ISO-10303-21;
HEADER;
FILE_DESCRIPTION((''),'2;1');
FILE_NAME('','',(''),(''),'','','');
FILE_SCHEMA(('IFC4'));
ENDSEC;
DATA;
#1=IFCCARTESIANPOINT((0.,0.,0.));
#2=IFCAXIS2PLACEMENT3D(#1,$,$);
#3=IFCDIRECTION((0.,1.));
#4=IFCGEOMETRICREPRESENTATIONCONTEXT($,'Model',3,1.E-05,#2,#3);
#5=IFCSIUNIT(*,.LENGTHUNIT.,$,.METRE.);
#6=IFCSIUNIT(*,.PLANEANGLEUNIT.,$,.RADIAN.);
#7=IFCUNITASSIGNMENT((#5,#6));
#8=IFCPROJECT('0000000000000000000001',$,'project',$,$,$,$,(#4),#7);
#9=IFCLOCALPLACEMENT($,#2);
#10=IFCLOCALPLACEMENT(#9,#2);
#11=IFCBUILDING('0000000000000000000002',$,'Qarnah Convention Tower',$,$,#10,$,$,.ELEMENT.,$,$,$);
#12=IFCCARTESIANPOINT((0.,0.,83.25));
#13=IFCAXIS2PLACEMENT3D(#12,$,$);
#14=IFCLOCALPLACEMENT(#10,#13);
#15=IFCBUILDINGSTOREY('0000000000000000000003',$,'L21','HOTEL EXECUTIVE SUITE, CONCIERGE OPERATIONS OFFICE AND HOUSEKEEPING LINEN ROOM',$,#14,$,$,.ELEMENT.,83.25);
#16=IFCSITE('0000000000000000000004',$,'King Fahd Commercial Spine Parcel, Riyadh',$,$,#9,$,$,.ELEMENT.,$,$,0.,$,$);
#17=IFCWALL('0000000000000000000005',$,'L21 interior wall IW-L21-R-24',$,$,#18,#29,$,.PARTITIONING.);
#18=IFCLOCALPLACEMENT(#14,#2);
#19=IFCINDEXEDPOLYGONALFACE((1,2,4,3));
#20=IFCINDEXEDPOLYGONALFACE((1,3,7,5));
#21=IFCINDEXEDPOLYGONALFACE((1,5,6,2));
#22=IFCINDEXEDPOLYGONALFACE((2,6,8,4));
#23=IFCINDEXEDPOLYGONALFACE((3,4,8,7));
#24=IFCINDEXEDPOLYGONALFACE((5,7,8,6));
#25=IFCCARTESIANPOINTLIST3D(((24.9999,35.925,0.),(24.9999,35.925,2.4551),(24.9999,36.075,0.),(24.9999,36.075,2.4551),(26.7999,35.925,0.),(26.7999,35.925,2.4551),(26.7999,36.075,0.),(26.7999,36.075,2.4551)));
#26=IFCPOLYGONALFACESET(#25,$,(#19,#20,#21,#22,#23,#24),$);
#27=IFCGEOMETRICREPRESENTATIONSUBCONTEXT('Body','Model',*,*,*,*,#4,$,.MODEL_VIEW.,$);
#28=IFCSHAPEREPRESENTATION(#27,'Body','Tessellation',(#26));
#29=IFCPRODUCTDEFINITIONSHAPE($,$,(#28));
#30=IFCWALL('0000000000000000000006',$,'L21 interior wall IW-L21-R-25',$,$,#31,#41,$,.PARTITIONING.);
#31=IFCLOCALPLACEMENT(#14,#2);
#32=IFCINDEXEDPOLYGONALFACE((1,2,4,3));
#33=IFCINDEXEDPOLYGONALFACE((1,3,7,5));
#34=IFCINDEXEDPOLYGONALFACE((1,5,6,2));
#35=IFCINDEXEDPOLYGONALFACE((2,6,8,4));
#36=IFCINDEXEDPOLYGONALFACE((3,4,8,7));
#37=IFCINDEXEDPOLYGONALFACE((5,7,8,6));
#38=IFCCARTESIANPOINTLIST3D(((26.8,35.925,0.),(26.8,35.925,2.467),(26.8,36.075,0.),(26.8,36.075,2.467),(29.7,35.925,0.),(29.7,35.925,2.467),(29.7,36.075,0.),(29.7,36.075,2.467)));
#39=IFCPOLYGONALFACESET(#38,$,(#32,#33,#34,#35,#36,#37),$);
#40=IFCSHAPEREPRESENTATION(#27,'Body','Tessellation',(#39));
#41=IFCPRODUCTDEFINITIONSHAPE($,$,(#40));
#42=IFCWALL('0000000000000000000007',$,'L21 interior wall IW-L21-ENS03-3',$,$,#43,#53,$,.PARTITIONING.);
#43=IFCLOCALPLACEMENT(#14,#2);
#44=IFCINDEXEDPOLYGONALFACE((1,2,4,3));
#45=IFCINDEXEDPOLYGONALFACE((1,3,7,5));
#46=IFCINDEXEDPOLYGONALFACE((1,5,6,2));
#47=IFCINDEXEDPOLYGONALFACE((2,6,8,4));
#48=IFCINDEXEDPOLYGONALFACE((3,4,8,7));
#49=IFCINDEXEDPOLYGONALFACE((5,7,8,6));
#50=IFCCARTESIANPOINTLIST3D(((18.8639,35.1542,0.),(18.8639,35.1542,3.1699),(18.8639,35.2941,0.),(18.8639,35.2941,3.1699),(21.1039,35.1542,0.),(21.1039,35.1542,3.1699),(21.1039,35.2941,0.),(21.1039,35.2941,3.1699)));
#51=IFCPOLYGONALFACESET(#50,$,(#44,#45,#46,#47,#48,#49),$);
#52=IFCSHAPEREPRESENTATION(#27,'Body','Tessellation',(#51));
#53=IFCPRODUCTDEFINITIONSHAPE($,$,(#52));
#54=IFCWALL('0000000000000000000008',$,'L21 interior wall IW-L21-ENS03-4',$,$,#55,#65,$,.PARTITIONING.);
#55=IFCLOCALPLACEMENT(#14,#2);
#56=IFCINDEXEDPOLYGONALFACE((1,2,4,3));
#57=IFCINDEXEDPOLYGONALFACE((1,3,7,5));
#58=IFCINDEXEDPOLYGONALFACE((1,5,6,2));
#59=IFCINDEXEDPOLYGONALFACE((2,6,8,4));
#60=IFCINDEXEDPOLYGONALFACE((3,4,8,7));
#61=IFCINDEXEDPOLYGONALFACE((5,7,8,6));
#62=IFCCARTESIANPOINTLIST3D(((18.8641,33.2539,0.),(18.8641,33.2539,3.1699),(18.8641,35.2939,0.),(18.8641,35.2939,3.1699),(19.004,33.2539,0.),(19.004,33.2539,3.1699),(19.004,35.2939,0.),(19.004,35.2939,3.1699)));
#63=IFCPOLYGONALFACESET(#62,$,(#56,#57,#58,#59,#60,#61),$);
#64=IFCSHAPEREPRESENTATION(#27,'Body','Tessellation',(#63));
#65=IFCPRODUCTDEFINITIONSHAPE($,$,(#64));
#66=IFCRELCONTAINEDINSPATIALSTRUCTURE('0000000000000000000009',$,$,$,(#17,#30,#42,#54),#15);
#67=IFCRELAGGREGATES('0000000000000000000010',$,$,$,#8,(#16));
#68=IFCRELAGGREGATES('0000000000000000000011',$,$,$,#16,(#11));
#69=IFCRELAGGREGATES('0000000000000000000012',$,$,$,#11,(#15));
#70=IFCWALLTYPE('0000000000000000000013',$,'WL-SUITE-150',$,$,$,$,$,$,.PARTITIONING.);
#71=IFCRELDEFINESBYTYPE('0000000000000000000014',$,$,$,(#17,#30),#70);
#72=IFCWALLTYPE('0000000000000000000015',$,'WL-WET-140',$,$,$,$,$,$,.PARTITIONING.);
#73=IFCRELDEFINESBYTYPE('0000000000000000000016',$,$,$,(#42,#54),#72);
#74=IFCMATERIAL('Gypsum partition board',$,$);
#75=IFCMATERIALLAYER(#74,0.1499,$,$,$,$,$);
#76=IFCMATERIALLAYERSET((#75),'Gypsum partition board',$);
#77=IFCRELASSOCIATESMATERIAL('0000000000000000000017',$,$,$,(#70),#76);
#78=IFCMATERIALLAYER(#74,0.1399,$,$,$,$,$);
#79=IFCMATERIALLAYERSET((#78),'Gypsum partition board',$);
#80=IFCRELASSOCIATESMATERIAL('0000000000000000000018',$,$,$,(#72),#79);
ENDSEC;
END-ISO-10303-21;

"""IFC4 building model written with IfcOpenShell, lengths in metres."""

from ifc_helpers import new_model, si_unit, direction, frame, frame_2d, origin, place, context, subcontext, project, spatial, rectangle, extrude, material, layer, layer_set, type_object, element, save


model = new_model("IFC4")

# Units and contexts
model_context = context("Model", 3, precision=1e-05, world=origin(), true_north=direction((0.0, 1.0)))
body_context = subcontext(model_context, "Body", "Model", "MODEL_VIEW")
ifc_project = project(units=[si_unit("LENGTHUNIT", "METRE"), si_unit("PLANEANGLEUNIT", "RADIAN")], contexts=[model_context])

# Site, building, storey
site_placement = place(None, origin())
site = spatial("IfcSite", under=ifc_project, at=site_placement, Name="King Fahd Commercial Spine Parcel, Riyadh", CompositionType="ELEMENT", RefElevation=0.0)
building_placement = place(site_placement, origin())
building = spatial("IfcBuilding", under=site, at=building_placement, Name="Qarnah Convention Tower", CompositionType="ELEMENT")
storey_placement = place(building_placement, frame((0.0, 0.0, 83.25)))
storey = spatial("IfcBuildingStorey", under=building, at=storey_placement, Name="L21", Description="HOTEL EXECUTIVE SUITE, CONCIERGE OPERATIONS OFFICE AND HOUSEKEEPING LINEN ROOM", CompositionType="ELEMENT", Elevation=83.25)

# Walls
ifc_material_1 = material(Name="Gypsum partition board")
ifc_layer_1 = layer(ifc_material_1, 0.1499)
ifc_layer_set_1 = layer_set([ifc_layer_1], Name="Gypsum partition board")
wall_type_1 = type_object("IfcWallType", Name="WL-SUITE-150", PredefinedType="PARTITIONING", material=ifc_layer_set_1)
wall_1_placement = place(storey_placement, frame((25.0, 36.0, 0.0), z_axis=(0.0, 0.0, 1.0), x_axis=(1.0, 0.0, 0.0)))
element("IfcWall", 1, at=wall_1_placement, inside=storey, type_object=wall_type_1, Name="L21 interior wall IW-L21-R-24", PredefinedType="PARTITIONING", context=body_context, shape_type="SweptSolid", body=[
    extrude(rectangle(XDim=1.8, YDim=0.1499, at=frame_2d((0.8999, 0.0))), origin(), (0.0, 0.0, 1.0), 2.4551),
])
wall_2_placement = place(storey_placement, frame((26.8, 36.0, 0.0), z_axis=(0.0, 0.0, 1.0), x_axis=(1.0, 0.0, 0.0)))
element("IfcWall", 2, at=wall_2_placement, inside=storey, type_object=wall_type_1, Name="L21 interior wall IW-L21-R-25", PredefinedType="PARTITIONING", context=body_context, shape_type="SweptSolid", body=[
    extrude(rectangle(XDim=2.8999, YDim=0.1499, at=frame_2d((1.45, 0.0))), origin(), (0.0, 0.0, 1.0), 2.467),
])
ifc_layer_2 = layer(ifc_material_1, 0.1399)
ifc_layer_set_2 = layer_set([ifc_layer_2], Name="Gypsum partition board")
wall_type_2 = type_object("IfcWallType", Name="WL-WET-140", PredefinedType="PARTITIONING", material=ifc_layer_set_2)
wall_3_placement = place(storey_placement, frame((21.104, 35.2241, 0.0), z_axis=(0.0, 0.0, 1.0), x_axis=(-1.0, 0.0, 0.0)))
element("IfcWall", 3, at=wall_3_placement, inside=storey, type_object=wall_type_2, Name="L21 interior wall IW-L21-ENS03-3", PredefinedType="PARTITIONING", context=body_context, shape_type="SweptSolid", body=[
    extrude(rectangle(XDim=2.24, YDim=0.1399, at=frame_2d((1.1201, 0.0))), origin(), (0.0, 0.0, 1.0), 3.1699),
])
wall_4_placement = place(storey_placement, frame((18.9341, 35.2939, 0.0), z_axis=(0.0, 0.0, 1.0), x_axis=(0.0, -1.0, 0.0)))
element("IfcWall", 4, at=wall_4_placement, inside=storey, type_object=wall_type_2, Name="L21 interior wall IW-L21-ENS03-4", PredefinedType="PARTITIONING", context=body_context, shape_type="SweptSolid", body=[
    extrude(rectangle(XDim=2.04, YDim=0.1399, at=frame_2d((1.02, 0.0))), origin(), (0.0, 0.0, 1.0), 3.1699),
])

save(model, "model.ifc")
